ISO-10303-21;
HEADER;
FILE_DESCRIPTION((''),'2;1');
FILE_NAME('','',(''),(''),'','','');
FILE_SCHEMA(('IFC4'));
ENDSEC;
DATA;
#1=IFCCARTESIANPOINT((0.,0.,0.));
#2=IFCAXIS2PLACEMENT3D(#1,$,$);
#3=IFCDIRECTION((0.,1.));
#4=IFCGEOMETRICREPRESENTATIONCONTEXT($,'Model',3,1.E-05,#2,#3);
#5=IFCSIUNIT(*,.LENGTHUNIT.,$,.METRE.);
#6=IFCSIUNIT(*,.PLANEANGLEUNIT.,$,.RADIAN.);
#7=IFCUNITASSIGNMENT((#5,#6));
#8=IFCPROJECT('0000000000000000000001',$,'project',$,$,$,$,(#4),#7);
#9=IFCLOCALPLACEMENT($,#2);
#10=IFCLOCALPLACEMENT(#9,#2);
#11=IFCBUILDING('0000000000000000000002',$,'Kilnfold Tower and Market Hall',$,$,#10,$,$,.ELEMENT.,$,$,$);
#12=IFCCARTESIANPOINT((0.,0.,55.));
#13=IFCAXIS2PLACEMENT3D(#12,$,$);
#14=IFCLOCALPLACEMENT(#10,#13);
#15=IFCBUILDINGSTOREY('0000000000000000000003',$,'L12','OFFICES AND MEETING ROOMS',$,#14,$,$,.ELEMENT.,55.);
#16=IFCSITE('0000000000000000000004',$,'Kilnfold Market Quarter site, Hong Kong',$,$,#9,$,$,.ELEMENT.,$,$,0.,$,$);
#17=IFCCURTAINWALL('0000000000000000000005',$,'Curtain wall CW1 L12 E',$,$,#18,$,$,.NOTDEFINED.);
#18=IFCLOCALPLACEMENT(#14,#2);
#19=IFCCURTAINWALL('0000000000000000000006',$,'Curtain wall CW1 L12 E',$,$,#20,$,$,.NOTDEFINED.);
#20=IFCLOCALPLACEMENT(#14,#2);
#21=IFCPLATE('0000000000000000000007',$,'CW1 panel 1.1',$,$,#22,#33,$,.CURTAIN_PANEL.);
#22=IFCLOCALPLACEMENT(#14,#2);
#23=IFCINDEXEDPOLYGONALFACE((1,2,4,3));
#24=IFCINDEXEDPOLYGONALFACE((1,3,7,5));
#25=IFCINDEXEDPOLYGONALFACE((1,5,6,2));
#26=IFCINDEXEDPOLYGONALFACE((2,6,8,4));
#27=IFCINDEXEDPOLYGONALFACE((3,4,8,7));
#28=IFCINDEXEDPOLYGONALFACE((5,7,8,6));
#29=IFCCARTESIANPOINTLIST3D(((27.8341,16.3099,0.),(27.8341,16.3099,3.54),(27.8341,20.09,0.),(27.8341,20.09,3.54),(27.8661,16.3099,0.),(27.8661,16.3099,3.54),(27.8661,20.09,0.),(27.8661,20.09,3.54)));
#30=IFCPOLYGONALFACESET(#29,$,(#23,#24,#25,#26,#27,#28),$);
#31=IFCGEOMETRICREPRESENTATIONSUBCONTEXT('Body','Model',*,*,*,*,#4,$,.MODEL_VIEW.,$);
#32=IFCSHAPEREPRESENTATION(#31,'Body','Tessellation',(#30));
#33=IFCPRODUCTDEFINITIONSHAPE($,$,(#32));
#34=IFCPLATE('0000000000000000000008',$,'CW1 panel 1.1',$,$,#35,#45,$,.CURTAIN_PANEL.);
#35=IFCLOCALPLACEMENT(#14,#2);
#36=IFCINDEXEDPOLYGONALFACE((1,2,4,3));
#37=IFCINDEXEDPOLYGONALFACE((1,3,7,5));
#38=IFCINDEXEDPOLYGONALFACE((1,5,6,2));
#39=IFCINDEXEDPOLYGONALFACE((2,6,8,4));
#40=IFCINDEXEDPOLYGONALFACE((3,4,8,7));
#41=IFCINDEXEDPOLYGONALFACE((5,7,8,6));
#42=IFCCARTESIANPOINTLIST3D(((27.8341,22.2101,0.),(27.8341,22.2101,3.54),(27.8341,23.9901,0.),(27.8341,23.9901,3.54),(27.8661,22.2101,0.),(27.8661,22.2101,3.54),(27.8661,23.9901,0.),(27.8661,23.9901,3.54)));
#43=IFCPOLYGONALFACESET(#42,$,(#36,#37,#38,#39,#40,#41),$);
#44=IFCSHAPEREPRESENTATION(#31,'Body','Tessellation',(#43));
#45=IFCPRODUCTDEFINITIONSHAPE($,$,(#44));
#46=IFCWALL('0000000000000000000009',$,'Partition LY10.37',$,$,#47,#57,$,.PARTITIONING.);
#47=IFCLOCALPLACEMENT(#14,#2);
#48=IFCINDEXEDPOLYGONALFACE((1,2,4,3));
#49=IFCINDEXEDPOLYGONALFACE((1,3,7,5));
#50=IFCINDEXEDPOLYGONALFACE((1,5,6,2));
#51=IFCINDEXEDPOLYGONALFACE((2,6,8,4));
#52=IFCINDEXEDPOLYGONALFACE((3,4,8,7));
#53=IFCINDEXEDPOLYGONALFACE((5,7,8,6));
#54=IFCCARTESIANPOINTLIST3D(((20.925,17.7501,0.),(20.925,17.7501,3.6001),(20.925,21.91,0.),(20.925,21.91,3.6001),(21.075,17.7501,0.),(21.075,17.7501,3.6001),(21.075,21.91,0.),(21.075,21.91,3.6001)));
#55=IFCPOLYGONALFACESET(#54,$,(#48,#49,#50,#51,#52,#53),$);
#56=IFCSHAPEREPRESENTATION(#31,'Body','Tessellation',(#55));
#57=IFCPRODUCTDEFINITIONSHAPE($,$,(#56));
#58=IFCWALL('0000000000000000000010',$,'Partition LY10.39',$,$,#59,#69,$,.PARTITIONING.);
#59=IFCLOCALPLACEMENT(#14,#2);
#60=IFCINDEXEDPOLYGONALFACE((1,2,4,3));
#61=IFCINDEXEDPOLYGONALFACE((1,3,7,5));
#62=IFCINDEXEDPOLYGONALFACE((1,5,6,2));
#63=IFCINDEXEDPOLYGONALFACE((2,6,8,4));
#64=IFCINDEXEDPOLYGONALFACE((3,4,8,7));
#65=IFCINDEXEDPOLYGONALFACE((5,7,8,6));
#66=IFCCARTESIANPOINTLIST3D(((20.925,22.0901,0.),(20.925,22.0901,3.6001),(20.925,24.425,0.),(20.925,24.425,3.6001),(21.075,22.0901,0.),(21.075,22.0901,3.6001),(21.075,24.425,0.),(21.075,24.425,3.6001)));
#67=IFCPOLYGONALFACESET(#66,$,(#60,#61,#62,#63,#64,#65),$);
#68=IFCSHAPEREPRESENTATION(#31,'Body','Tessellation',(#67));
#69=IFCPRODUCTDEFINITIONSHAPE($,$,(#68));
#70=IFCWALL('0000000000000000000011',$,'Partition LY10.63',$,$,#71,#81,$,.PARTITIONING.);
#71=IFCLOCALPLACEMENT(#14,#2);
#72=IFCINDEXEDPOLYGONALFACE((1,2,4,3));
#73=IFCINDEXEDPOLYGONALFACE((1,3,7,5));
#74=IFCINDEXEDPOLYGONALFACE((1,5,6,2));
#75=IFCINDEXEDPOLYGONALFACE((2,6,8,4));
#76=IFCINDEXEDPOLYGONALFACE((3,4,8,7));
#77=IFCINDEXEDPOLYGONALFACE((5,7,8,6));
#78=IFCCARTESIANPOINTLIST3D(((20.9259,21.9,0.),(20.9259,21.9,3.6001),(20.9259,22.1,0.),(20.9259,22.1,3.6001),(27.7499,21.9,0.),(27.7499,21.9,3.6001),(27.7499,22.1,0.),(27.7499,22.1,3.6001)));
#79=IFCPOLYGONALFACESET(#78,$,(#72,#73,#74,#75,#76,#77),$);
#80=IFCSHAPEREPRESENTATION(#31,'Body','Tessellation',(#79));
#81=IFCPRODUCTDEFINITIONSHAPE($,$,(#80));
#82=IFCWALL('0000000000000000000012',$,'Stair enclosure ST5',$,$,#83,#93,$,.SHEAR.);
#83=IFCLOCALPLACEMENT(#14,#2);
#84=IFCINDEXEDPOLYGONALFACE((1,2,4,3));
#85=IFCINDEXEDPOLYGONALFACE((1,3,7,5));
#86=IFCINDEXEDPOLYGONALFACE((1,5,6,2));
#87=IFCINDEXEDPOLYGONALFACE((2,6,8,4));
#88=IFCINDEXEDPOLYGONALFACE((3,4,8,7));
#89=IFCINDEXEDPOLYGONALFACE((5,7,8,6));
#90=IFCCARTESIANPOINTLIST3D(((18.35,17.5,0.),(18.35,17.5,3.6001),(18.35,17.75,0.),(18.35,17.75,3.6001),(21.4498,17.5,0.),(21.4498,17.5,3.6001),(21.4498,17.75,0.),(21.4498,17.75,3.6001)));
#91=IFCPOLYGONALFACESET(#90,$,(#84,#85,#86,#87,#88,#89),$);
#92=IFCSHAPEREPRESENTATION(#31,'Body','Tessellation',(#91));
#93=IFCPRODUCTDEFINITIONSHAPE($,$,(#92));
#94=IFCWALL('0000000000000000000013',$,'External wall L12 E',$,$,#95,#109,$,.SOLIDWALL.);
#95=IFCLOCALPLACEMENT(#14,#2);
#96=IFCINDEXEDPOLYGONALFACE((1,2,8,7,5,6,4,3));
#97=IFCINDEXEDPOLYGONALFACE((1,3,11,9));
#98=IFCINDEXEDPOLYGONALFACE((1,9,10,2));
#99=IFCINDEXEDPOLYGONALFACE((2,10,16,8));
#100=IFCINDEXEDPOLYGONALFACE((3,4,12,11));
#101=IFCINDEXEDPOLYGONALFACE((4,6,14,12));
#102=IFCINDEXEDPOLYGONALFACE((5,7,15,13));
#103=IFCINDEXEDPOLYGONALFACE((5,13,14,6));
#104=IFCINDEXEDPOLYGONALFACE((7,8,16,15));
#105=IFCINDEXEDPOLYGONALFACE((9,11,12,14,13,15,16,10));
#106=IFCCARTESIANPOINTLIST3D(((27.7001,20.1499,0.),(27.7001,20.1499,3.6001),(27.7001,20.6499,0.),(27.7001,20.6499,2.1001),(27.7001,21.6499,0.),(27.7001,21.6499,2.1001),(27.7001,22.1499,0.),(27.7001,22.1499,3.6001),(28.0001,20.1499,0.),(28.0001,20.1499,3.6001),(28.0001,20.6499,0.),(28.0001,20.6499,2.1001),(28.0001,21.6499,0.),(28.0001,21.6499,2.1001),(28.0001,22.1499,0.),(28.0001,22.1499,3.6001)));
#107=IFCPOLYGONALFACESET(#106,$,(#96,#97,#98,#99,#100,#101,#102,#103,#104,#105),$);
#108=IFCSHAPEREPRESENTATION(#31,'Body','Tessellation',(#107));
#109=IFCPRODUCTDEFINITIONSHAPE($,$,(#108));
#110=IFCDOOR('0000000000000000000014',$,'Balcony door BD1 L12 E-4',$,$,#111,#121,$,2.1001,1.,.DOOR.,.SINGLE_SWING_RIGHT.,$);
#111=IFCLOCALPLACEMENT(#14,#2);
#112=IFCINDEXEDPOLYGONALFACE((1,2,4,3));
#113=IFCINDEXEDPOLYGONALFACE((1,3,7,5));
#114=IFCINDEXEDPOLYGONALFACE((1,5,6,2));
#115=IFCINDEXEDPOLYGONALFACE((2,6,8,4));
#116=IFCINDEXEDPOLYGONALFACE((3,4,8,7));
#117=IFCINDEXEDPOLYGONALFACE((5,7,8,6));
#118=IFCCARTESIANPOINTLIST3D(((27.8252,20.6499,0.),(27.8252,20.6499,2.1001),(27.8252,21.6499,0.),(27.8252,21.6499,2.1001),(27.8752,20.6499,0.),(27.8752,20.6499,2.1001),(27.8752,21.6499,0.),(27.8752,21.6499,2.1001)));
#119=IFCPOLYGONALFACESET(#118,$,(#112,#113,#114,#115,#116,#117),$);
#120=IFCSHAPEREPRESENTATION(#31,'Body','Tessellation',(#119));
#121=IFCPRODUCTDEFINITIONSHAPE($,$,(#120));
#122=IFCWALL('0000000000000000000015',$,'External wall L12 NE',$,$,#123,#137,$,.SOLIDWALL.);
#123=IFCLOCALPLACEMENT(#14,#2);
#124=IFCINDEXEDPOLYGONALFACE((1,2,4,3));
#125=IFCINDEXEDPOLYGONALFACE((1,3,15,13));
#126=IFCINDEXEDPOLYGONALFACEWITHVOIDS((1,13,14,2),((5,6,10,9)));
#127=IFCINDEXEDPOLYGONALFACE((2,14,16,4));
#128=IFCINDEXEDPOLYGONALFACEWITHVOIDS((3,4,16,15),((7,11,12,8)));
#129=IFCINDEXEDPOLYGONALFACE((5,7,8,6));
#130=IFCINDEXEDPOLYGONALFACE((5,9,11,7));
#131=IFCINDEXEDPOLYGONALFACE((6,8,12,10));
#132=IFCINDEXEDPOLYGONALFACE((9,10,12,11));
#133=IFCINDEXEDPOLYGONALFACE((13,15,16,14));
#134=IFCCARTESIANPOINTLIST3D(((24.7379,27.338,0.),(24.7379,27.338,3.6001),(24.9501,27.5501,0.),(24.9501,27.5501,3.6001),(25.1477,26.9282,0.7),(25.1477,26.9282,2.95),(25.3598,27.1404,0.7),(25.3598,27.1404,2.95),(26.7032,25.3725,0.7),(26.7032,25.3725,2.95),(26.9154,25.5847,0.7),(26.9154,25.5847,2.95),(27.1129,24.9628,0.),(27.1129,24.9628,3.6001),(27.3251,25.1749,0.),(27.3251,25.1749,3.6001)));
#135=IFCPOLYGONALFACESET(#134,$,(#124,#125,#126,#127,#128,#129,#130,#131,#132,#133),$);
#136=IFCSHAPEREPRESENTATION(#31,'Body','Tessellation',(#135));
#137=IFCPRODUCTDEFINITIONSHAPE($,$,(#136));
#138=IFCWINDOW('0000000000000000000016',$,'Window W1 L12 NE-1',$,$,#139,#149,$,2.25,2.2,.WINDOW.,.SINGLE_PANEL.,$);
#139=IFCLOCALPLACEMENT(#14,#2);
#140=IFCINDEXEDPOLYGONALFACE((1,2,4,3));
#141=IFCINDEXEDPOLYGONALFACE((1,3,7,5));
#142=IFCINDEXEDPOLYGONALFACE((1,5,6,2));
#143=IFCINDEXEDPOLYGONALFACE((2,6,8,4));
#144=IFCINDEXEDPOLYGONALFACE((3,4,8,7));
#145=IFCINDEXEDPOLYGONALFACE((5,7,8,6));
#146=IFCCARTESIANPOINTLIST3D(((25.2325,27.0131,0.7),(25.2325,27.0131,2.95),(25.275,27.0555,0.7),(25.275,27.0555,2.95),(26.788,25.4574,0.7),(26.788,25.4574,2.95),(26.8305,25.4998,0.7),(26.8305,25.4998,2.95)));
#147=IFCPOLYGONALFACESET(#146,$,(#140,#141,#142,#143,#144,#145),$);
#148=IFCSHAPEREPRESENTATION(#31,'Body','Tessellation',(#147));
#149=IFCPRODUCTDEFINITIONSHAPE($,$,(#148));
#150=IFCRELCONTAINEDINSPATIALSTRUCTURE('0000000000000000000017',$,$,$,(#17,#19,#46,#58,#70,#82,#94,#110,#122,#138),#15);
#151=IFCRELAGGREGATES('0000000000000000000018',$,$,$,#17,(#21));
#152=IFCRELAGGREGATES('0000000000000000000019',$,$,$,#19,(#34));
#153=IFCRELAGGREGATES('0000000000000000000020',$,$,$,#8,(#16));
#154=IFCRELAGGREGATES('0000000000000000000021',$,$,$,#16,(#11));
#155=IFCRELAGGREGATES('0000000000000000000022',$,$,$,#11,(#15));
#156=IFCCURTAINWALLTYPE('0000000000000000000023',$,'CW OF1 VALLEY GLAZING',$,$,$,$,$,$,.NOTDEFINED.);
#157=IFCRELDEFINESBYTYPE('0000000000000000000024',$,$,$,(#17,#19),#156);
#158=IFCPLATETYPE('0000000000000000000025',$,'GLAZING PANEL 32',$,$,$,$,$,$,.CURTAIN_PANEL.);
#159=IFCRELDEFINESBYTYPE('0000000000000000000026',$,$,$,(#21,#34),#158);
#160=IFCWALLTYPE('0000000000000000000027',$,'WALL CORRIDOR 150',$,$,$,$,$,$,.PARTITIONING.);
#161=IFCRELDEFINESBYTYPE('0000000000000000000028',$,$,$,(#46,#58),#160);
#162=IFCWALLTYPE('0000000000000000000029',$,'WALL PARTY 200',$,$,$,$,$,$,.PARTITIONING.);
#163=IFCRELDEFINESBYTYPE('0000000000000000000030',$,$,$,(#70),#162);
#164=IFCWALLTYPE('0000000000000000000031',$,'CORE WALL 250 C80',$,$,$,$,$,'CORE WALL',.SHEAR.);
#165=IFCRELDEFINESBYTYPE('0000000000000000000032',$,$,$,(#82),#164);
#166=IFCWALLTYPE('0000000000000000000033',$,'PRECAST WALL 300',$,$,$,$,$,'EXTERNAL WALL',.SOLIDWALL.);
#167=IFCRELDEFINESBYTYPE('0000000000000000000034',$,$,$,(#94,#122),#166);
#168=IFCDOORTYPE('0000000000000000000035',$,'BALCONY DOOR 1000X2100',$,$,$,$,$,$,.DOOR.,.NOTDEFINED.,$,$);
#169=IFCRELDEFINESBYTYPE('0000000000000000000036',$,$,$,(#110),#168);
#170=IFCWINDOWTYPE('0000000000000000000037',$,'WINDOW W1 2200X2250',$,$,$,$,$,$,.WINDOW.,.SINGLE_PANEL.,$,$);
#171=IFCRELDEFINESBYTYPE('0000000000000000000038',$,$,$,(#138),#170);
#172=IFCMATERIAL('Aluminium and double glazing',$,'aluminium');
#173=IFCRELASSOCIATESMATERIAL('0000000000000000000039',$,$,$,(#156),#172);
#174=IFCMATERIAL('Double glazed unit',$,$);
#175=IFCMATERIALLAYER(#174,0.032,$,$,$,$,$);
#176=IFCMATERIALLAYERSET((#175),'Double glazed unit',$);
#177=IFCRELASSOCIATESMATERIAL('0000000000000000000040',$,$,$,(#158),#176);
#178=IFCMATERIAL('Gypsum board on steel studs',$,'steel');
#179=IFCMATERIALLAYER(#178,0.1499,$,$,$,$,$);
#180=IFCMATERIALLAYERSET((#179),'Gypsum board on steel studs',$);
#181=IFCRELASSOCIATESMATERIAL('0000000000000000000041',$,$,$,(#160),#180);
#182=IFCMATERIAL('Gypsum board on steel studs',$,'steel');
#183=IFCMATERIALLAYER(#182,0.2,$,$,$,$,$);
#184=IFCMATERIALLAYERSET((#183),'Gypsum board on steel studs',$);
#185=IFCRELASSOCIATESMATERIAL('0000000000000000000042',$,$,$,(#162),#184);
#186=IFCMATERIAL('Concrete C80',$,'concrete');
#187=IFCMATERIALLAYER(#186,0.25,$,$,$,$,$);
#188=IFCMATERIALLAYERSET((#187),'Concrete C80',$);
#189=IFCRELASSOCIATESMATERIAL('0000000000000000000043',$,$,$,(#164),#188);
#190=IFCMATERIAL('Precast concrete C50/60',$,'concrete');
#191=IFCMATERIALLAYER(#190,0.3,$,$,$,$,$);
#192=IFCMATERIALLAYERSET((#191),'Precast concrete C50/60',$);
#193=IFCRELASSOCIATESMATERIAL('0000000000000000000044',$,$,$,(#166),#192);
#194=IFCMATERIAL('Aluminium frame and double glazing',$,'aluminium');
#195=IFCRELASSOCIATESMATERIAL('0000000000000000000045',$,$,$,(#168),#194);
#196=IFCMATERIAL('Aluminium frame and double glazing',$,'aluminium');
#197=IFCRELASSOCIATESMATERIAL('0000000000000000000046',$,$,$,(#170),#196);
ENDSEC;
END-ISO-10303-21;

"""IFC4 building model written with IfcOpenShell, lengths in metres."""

from ifc_helpers import new_model, si_unit, direction, frame, frame_2d, origin, origin_2d, place, context, subcontext, project, spatial, rectangle, extrude, source, transform, mapped, material, layer, layer_set, type_object, element, fill, aggregate, save


model = new_model("IFC4")

# Units and contexts
model_context = context("Model", 3, precision=1e-05, world=origin(), true_north=direction((0.0, 1.0)))
body_context = subcontext(model_context, "Body", "Model", "MODEL_VIEW")
ifc_project = project(units=[si_unit("LENGTHUNIT", "METRE"), si_unit("PLANEANGLEUNIT", "RADIAN")], contexts=[model_context])

# Site, building, storey
site_placement = place(None, origin())
site = spatial("IfcSite", under=ifc_project, at=site_placement, Name="Kilnfold Market Quarter site, Hong Kong", CompositionType="ELEMENT", RefElevation=0.0)
building_placement = place(site_placement, origin())
building = spatial("IfcBuilding", under=site, at=building_placement, Name="Kilnfold Tower and Market Hall", CompositionType="ELEMENT")
storey_placement = place(building_placement, frame((0.0, 0.0, 55.0)))
storey = spatial("IfcBuildingStorey", under=building, at=storey_placement, Name="L12", Description="OFFICES AND MEETING ROOMS", CompositionType="ELEMENT", Elevation=55.0)

# Curtain walls
ifc_material_1 = material(Name="Aluminium and double glazing", Category="aluminium")
curtain_wall_type = type_object("IfcCurtainWallType", Name="CW OF1 VALLEY GLAZING", PredefinedType="NOTDEFINED", material=ifc_material_1)
curtain_wall_1_placement = place(storey_placement, origin())
curtain_wall_1 = element("IfcCurtainWall", 1, at=curtain_wall_1_placement, inside=storey, type_object=curtain_wall_type, Name="Curtain wall CW1 L12 E", PredefinedType="NOTDEFINED")
curtain_wall_2_placement = place(storey_placement, origin())
curtain_wall_2 = element("IfcCurtainWall", 2, at=curtain_wall_2_placement, inside=storey, type_object=curtain_wall_type, Name="Curtain wall CW1 L12 E", PredefinedType="NOTDEFINED")

# Plates
ifc_material_2 = material(Name="Double glazed unit")
ifc_layer_1 = layer(ifc_material_2, 0.032)
ifc_layer_set_1 = layer_set([ifc_layer_1], Name="Double glazed unit")
plate_type = type_object("IfcPlateType", Name="GLAZING PANEL 32", PredefinedType="CURTAIN_PANEL", material=ifc_layer_set_1)
shared_shape_1 = source(origin(), body_context, "Body", "SweptSolid", [
    extrude(rectangle(XDim=3.78, YDim=0.032, at=origin_2d()), origin(), (0.0, 0.0, 1.0), 3.54),
])
plate_1_placement = place(storey_placement, frame((27.8501, 18.2, 0.0), z_axis=(0.0, 0.0, 1.0), x_axis=(0.0, 1.0, 0.0)))
plate_1 = element("IfcPlate", 3, at=plate_1_placement, type_object=plate_type, Name="CW1 panel 1.1", PredefinedType="CURTAIN_PANEL", context=body_context, shape_type="MappedRepresentation", body=[
    mapped(shared_shape_1, transform((0.0, 0.0, 0.0))),
])
aggregate(curtain_wall_1, [plate_1])
shared_shape_2 = source(origin(), body_context, "Body", "SweptSolid", [
    extrude(rectangle(XDim=1.78, YDim=0.032, at=origin_2d()), origin(), (0.0, 0.0, 1.0), 3.54),
])
plate_2_placement = place(storey_placement, frame((27.8501, 23.1001, 0.0), z_axis=(0.0, 0.0, 1.0), x_axis=(0.0, 1.0, 0.0)))
plate_2 = element("IfcPlate", 4, at=plate_2_placement, type_object=plate_type, Name="CW1 panel 1.1", PredefinedType="CURTAIN_PANEL", context=body_context, shape_type="MappedRepresentation", body=[
    mapped(shared_shape_2, transform((0.0, 0.0, 0.0))),
])
aggregate(curtain_wall_2, [plate_2])

# Walls
ifc_material_3 = material(Name="Gypsum board on steel studs", Category="steel")
ifc_layer_2 = layer(ifc_material_3, 0.1499)
ifc_layer_set_2 = layer_set([ifc_layer_2], Name="Gypsum board on steel studs")
wall_type_1 = type_object("IfcWallType", Name="WALL CORRIDOR 150", PredefinedType="PARTITIONING", material=ifc_layer_set_2)
wall_1_placement = place(storey_placement, frame((21.0, 17.75, 0.0), z_axis=(0.0, 0.0, 1.0), x_axis=(0.0, 1.0, 0.0)))
element("IfcWall", 5, at=wall_1_placement, inside=storey, type_object=wall_type_1, Name="Partition LY10.37", PredefinedType="PARTITIONING", context=body_context, shape_type="SweptSolid", body=[
    extrude(rectangle(XDim=4.1599, YDim=0.1499, at=frame_2d((2.0801, 0.0))), origin(), (0.0, 0.0, 1.0), 3.6001),
])
wall_2_placement = place(storey_placement, frame((21.0, 22.0901, 0.0), z_axis=(0.0, 0.0, 1.0), x_axis=(0.0, 1.0, 0.0)))
element("IfcWall", 6, at=wall_2_placement, inside=storey, type_object=wall_type_1, Name="Partition LY10.39", PredefinedType="PARTITIONING", context=body_context, shape_type="SweptSolid", body=[
    extrude(rectangle(XDim=2.335, YDim=0.1499, at=frame_2d((1.1675, 0.0))), origin(), (0.0, 0.0, 1.0), 3.6001),
])
ifc_material_4 = material(Name="Gypsum board on steel studs", Category="steel")
ifc_layer_3 = layer(ifc_material_4, 0.2)
ifc_layer_set_3 = layer_set([ifc_layer_3], Name="Gypsum board on steel studs")
wall_type_2 = type_object("IfcWallType", Name="WALL PARTY 200", PredefinedType="PARTITIONING", material=ifc_layer_set_3)
wall_3_placement = place(storey_placement, frame((27.75, 22.0, 0.0), z_axis=(0.0, 0.0, 1.0), x_axis=(-1.0, 0.0, 0.0)))
element("IfcWall", 7, at=wall_3_placement, inside=storey, type_object=wall_type_2, Name="Partition LY10.63", PredefinedType="PARTITIONING", context=body_context, shape_type="SweptSolid", body=[
    extrude(rectangle(XDim=6.824, YDim=0.2, at=frame_2d((3.4121, 0.0))), origin(), (0.0, 0.0, 1.0), 3.6001),
])
ifc_material_5 = material(Name="Concrete C80", Category="concrete")
ifc_layer_4 = layer(ifc_material_5, 0.25)
ifc_layer_set_4 = layer_set([ifc_layer_4], Name="Concrete C80")
wall_type_3 = type_object("IfcWallType", Name="CORE WALL 250 C80", ElementType="CORE WALL", PredefinedType="SHEAR", material=ifc_layer_set_4)
shared_shape_3 = source(origin(), body_context, "Body", "SweptSolid", [
    extrude(rectangle(XDim=3.0999, YDim=0.25, at=frame_2d((1.5498, 0.0))), origin(), (0.0, 0.0, 1.0), 3.6001),
])
wall_4_placement = place(storey_placement, frame((18.3501, 17.625, 0.0), z_axis=(0.0, 0.0, 1.0), x_axis=(1.0, 0.0, 0.0)))
element("IfcWall", 8, at=wall_4_placement, inside=storey, type_object=wall_type_3, Name="Stair enclosure ST5", PredefinedType="SHEAR", context=body_context, shape_type="MappedRepresentation", body=[
    mapped(shared_shape_3, transform((0.0, 0.0, 0.0))),
])

# Wall, opening, door
ifc_material_6 = material(Name="Precast concrete C50/60", Category="concrete")
ifc_layer_5 = layer(ifc_material_6, 0.3)
ifc_layer_set_5 = layer_set([ifc_layer_5], Name="Precast concrete C50/60")
wall_type_4 = type_object("IfcWallType", Name="PRECAST WALL 300", ElementType="EXTERNAL WALL", PredefinedType="SOLIDWALL", material=ifc_layer_set_5)
shared_shape_4 = source(origin(), body_context, "Body", "SweptSolid", [
    extrude(rectangle(XDim=2.0, YDim=0.3, at=frame_2d((1.0, 0.0))), origin(), (0.0, 0.0, 1.0), 3.6001),
])
wall_5_placement = place(storey_placement, frame((27.8501, 20.1499, 0.0), z_axis=(0.0, 0.0, 1.0), x_axis=(0.0, 1.0, 0.0)))
wall_5 = element("IfcWall", 9, at=wall_5_placement, inside=storey, type_object=wall_type_4, Name="External wall L12 E", PredefinedType="SOLIDWALL", context=body_context, shape_type="MappedRepresentation", body=[
    mapped(shared_shape_4, transform((0.0, 0.0, 0.0))),
])
opening_1_placement = place(wall_5_placement, frame((0.5, 0.0, 0.0)))
opening_1 = element("IfcOpeningElement", 10, at=opening_1_placement, cuts=wall_5, PredefinedType="OPENING", context=body_context, shape_type="SweptSolid", body=[
    extrude(rectangle(XDim=1.0, YDim=2.1001, at=frame_2d((0.5, 1.05))), frame((0.0, 0.1602, 0.0), z_axis=(0.0, -1.0, 0.0), x_axis=(1.0, 0.0, 0.0)), (0.0, 0.0, 1.0), 0.3201),
])
ifc_material_7 = material(Name="Aluminium frame and double glazing", Category="aluminium")
door_type = type_object("IfcDoorType", Name="BALCONY DOOR 1000X2100", OperationType="NOTDEFINED", PredefinedType="DOOR", material=ifc_material_7)
door_placement = place(opening_1_placement, origin())
door = element("IfcDoor", 11, at=door_placement, inside=storey, type_object=door_type, Name="Balcony door BD1 L12 E-4", OperationType="SINGLE_SWING_RIGHT", OverallHeight=2.1001, OverallWidth=1.0, PredefinedType="DOOR", context=body_context, shape_type="SweptSolid", body=[
    extrude(rectangle(XDim=1.0, YDim=2.1001, at=frame_2d((0.5, 1.05))), frame((0.0, 0.0249, 0.0), z_axis=(0.0, -1.0, 0.0), x_axis=(1.0, 0.0, 0.0)), (0.0, 0.0, 1.0), 0.05),
])
fill(opening_1, door)

# Wall, opening, window
shared_shape_5 = source(origin(), body_context, "Body", "SweptSolid", [
    extrude(rectangle(XDim=3.3589, YDim=0.3, at=frame_2d((1.6794, 0.0))), origin(), (0.0, 0.0, 1.0), 3.6001),
])
wall_6_placement = place(storey_placement, frame((27.219, 25.0688, 0.0), z_axis=(0.0, 0.0, 1.0), x_axis=(-0.70707, 0.707143, 0.0)))
wall_6 = element("IfcWall", 12, at=wall_6_placement, inside=storey, type_object=wall_type_4, Name="External wall L12 NE", PredefinedType="SOLIDWALL", context=body_context, shape_type="MappedRepresentation", body=[
    mapped(shared_shape_5, transform((0.0, 0.0, 0.0))),
])
opening_2_placement = place(wall_6_placement, frame((0.5793, 0.0, 0.7)))
opening_2 = element("IfcOpeningElement", 13, at=opening_2_placement, cuts=wall_6, PredefinedType="OPENING", context=body_context, shape_type="SweptSolid", body=[
    extrude(rectangle(XDim=2.2, YDim=2.25, at=frame_2d((1.1001, 1.125))), frame((0.0, 0.1602, 0.0), z_axis=(0.0, -1.0, 0.0), x_axis=(1.0, 0.0, 0.0)), (0.0, 0.0, 1.0), 0.3201),
])
ifc_material_8 = material(Name="Aluminium frame and double glazing", Category="aluminium")
window_type = type_object("IfcWindowType", Name="WINDOW W1 2200X2250", PartitioningType="SINGLE_PANEL", PredefinedType="WINDOW", material=ifc_material_8)
window_1_placement = place(opening_2_placement, origin())
window_1 = element("IfcWindow", 14, at=window_1_placement, inside=storey, type_object=window_type, Name="Window W1 L12 NE-1", OverallHeight=2.25, OverallWidth=2.2, PartitioningType="SINGLE_PANEL", PredefinedType="WINDOW", context=body_context, shape_type="SweptSolid", body=[
    extrude(rectangle(XDim=2.2, YDim=2.25, at=frame_2d((1.1001, 1.125))), frame((0.0, 0.03, 0.0), z_axis=(0.0, -1.0, 0.0), x_axis=(1.0, 0.0, 0.0)), (0.0, 0.0, 1.0), 0.0601),
])
fill(opening_2, window_1)

save(model, "model.ifc")
